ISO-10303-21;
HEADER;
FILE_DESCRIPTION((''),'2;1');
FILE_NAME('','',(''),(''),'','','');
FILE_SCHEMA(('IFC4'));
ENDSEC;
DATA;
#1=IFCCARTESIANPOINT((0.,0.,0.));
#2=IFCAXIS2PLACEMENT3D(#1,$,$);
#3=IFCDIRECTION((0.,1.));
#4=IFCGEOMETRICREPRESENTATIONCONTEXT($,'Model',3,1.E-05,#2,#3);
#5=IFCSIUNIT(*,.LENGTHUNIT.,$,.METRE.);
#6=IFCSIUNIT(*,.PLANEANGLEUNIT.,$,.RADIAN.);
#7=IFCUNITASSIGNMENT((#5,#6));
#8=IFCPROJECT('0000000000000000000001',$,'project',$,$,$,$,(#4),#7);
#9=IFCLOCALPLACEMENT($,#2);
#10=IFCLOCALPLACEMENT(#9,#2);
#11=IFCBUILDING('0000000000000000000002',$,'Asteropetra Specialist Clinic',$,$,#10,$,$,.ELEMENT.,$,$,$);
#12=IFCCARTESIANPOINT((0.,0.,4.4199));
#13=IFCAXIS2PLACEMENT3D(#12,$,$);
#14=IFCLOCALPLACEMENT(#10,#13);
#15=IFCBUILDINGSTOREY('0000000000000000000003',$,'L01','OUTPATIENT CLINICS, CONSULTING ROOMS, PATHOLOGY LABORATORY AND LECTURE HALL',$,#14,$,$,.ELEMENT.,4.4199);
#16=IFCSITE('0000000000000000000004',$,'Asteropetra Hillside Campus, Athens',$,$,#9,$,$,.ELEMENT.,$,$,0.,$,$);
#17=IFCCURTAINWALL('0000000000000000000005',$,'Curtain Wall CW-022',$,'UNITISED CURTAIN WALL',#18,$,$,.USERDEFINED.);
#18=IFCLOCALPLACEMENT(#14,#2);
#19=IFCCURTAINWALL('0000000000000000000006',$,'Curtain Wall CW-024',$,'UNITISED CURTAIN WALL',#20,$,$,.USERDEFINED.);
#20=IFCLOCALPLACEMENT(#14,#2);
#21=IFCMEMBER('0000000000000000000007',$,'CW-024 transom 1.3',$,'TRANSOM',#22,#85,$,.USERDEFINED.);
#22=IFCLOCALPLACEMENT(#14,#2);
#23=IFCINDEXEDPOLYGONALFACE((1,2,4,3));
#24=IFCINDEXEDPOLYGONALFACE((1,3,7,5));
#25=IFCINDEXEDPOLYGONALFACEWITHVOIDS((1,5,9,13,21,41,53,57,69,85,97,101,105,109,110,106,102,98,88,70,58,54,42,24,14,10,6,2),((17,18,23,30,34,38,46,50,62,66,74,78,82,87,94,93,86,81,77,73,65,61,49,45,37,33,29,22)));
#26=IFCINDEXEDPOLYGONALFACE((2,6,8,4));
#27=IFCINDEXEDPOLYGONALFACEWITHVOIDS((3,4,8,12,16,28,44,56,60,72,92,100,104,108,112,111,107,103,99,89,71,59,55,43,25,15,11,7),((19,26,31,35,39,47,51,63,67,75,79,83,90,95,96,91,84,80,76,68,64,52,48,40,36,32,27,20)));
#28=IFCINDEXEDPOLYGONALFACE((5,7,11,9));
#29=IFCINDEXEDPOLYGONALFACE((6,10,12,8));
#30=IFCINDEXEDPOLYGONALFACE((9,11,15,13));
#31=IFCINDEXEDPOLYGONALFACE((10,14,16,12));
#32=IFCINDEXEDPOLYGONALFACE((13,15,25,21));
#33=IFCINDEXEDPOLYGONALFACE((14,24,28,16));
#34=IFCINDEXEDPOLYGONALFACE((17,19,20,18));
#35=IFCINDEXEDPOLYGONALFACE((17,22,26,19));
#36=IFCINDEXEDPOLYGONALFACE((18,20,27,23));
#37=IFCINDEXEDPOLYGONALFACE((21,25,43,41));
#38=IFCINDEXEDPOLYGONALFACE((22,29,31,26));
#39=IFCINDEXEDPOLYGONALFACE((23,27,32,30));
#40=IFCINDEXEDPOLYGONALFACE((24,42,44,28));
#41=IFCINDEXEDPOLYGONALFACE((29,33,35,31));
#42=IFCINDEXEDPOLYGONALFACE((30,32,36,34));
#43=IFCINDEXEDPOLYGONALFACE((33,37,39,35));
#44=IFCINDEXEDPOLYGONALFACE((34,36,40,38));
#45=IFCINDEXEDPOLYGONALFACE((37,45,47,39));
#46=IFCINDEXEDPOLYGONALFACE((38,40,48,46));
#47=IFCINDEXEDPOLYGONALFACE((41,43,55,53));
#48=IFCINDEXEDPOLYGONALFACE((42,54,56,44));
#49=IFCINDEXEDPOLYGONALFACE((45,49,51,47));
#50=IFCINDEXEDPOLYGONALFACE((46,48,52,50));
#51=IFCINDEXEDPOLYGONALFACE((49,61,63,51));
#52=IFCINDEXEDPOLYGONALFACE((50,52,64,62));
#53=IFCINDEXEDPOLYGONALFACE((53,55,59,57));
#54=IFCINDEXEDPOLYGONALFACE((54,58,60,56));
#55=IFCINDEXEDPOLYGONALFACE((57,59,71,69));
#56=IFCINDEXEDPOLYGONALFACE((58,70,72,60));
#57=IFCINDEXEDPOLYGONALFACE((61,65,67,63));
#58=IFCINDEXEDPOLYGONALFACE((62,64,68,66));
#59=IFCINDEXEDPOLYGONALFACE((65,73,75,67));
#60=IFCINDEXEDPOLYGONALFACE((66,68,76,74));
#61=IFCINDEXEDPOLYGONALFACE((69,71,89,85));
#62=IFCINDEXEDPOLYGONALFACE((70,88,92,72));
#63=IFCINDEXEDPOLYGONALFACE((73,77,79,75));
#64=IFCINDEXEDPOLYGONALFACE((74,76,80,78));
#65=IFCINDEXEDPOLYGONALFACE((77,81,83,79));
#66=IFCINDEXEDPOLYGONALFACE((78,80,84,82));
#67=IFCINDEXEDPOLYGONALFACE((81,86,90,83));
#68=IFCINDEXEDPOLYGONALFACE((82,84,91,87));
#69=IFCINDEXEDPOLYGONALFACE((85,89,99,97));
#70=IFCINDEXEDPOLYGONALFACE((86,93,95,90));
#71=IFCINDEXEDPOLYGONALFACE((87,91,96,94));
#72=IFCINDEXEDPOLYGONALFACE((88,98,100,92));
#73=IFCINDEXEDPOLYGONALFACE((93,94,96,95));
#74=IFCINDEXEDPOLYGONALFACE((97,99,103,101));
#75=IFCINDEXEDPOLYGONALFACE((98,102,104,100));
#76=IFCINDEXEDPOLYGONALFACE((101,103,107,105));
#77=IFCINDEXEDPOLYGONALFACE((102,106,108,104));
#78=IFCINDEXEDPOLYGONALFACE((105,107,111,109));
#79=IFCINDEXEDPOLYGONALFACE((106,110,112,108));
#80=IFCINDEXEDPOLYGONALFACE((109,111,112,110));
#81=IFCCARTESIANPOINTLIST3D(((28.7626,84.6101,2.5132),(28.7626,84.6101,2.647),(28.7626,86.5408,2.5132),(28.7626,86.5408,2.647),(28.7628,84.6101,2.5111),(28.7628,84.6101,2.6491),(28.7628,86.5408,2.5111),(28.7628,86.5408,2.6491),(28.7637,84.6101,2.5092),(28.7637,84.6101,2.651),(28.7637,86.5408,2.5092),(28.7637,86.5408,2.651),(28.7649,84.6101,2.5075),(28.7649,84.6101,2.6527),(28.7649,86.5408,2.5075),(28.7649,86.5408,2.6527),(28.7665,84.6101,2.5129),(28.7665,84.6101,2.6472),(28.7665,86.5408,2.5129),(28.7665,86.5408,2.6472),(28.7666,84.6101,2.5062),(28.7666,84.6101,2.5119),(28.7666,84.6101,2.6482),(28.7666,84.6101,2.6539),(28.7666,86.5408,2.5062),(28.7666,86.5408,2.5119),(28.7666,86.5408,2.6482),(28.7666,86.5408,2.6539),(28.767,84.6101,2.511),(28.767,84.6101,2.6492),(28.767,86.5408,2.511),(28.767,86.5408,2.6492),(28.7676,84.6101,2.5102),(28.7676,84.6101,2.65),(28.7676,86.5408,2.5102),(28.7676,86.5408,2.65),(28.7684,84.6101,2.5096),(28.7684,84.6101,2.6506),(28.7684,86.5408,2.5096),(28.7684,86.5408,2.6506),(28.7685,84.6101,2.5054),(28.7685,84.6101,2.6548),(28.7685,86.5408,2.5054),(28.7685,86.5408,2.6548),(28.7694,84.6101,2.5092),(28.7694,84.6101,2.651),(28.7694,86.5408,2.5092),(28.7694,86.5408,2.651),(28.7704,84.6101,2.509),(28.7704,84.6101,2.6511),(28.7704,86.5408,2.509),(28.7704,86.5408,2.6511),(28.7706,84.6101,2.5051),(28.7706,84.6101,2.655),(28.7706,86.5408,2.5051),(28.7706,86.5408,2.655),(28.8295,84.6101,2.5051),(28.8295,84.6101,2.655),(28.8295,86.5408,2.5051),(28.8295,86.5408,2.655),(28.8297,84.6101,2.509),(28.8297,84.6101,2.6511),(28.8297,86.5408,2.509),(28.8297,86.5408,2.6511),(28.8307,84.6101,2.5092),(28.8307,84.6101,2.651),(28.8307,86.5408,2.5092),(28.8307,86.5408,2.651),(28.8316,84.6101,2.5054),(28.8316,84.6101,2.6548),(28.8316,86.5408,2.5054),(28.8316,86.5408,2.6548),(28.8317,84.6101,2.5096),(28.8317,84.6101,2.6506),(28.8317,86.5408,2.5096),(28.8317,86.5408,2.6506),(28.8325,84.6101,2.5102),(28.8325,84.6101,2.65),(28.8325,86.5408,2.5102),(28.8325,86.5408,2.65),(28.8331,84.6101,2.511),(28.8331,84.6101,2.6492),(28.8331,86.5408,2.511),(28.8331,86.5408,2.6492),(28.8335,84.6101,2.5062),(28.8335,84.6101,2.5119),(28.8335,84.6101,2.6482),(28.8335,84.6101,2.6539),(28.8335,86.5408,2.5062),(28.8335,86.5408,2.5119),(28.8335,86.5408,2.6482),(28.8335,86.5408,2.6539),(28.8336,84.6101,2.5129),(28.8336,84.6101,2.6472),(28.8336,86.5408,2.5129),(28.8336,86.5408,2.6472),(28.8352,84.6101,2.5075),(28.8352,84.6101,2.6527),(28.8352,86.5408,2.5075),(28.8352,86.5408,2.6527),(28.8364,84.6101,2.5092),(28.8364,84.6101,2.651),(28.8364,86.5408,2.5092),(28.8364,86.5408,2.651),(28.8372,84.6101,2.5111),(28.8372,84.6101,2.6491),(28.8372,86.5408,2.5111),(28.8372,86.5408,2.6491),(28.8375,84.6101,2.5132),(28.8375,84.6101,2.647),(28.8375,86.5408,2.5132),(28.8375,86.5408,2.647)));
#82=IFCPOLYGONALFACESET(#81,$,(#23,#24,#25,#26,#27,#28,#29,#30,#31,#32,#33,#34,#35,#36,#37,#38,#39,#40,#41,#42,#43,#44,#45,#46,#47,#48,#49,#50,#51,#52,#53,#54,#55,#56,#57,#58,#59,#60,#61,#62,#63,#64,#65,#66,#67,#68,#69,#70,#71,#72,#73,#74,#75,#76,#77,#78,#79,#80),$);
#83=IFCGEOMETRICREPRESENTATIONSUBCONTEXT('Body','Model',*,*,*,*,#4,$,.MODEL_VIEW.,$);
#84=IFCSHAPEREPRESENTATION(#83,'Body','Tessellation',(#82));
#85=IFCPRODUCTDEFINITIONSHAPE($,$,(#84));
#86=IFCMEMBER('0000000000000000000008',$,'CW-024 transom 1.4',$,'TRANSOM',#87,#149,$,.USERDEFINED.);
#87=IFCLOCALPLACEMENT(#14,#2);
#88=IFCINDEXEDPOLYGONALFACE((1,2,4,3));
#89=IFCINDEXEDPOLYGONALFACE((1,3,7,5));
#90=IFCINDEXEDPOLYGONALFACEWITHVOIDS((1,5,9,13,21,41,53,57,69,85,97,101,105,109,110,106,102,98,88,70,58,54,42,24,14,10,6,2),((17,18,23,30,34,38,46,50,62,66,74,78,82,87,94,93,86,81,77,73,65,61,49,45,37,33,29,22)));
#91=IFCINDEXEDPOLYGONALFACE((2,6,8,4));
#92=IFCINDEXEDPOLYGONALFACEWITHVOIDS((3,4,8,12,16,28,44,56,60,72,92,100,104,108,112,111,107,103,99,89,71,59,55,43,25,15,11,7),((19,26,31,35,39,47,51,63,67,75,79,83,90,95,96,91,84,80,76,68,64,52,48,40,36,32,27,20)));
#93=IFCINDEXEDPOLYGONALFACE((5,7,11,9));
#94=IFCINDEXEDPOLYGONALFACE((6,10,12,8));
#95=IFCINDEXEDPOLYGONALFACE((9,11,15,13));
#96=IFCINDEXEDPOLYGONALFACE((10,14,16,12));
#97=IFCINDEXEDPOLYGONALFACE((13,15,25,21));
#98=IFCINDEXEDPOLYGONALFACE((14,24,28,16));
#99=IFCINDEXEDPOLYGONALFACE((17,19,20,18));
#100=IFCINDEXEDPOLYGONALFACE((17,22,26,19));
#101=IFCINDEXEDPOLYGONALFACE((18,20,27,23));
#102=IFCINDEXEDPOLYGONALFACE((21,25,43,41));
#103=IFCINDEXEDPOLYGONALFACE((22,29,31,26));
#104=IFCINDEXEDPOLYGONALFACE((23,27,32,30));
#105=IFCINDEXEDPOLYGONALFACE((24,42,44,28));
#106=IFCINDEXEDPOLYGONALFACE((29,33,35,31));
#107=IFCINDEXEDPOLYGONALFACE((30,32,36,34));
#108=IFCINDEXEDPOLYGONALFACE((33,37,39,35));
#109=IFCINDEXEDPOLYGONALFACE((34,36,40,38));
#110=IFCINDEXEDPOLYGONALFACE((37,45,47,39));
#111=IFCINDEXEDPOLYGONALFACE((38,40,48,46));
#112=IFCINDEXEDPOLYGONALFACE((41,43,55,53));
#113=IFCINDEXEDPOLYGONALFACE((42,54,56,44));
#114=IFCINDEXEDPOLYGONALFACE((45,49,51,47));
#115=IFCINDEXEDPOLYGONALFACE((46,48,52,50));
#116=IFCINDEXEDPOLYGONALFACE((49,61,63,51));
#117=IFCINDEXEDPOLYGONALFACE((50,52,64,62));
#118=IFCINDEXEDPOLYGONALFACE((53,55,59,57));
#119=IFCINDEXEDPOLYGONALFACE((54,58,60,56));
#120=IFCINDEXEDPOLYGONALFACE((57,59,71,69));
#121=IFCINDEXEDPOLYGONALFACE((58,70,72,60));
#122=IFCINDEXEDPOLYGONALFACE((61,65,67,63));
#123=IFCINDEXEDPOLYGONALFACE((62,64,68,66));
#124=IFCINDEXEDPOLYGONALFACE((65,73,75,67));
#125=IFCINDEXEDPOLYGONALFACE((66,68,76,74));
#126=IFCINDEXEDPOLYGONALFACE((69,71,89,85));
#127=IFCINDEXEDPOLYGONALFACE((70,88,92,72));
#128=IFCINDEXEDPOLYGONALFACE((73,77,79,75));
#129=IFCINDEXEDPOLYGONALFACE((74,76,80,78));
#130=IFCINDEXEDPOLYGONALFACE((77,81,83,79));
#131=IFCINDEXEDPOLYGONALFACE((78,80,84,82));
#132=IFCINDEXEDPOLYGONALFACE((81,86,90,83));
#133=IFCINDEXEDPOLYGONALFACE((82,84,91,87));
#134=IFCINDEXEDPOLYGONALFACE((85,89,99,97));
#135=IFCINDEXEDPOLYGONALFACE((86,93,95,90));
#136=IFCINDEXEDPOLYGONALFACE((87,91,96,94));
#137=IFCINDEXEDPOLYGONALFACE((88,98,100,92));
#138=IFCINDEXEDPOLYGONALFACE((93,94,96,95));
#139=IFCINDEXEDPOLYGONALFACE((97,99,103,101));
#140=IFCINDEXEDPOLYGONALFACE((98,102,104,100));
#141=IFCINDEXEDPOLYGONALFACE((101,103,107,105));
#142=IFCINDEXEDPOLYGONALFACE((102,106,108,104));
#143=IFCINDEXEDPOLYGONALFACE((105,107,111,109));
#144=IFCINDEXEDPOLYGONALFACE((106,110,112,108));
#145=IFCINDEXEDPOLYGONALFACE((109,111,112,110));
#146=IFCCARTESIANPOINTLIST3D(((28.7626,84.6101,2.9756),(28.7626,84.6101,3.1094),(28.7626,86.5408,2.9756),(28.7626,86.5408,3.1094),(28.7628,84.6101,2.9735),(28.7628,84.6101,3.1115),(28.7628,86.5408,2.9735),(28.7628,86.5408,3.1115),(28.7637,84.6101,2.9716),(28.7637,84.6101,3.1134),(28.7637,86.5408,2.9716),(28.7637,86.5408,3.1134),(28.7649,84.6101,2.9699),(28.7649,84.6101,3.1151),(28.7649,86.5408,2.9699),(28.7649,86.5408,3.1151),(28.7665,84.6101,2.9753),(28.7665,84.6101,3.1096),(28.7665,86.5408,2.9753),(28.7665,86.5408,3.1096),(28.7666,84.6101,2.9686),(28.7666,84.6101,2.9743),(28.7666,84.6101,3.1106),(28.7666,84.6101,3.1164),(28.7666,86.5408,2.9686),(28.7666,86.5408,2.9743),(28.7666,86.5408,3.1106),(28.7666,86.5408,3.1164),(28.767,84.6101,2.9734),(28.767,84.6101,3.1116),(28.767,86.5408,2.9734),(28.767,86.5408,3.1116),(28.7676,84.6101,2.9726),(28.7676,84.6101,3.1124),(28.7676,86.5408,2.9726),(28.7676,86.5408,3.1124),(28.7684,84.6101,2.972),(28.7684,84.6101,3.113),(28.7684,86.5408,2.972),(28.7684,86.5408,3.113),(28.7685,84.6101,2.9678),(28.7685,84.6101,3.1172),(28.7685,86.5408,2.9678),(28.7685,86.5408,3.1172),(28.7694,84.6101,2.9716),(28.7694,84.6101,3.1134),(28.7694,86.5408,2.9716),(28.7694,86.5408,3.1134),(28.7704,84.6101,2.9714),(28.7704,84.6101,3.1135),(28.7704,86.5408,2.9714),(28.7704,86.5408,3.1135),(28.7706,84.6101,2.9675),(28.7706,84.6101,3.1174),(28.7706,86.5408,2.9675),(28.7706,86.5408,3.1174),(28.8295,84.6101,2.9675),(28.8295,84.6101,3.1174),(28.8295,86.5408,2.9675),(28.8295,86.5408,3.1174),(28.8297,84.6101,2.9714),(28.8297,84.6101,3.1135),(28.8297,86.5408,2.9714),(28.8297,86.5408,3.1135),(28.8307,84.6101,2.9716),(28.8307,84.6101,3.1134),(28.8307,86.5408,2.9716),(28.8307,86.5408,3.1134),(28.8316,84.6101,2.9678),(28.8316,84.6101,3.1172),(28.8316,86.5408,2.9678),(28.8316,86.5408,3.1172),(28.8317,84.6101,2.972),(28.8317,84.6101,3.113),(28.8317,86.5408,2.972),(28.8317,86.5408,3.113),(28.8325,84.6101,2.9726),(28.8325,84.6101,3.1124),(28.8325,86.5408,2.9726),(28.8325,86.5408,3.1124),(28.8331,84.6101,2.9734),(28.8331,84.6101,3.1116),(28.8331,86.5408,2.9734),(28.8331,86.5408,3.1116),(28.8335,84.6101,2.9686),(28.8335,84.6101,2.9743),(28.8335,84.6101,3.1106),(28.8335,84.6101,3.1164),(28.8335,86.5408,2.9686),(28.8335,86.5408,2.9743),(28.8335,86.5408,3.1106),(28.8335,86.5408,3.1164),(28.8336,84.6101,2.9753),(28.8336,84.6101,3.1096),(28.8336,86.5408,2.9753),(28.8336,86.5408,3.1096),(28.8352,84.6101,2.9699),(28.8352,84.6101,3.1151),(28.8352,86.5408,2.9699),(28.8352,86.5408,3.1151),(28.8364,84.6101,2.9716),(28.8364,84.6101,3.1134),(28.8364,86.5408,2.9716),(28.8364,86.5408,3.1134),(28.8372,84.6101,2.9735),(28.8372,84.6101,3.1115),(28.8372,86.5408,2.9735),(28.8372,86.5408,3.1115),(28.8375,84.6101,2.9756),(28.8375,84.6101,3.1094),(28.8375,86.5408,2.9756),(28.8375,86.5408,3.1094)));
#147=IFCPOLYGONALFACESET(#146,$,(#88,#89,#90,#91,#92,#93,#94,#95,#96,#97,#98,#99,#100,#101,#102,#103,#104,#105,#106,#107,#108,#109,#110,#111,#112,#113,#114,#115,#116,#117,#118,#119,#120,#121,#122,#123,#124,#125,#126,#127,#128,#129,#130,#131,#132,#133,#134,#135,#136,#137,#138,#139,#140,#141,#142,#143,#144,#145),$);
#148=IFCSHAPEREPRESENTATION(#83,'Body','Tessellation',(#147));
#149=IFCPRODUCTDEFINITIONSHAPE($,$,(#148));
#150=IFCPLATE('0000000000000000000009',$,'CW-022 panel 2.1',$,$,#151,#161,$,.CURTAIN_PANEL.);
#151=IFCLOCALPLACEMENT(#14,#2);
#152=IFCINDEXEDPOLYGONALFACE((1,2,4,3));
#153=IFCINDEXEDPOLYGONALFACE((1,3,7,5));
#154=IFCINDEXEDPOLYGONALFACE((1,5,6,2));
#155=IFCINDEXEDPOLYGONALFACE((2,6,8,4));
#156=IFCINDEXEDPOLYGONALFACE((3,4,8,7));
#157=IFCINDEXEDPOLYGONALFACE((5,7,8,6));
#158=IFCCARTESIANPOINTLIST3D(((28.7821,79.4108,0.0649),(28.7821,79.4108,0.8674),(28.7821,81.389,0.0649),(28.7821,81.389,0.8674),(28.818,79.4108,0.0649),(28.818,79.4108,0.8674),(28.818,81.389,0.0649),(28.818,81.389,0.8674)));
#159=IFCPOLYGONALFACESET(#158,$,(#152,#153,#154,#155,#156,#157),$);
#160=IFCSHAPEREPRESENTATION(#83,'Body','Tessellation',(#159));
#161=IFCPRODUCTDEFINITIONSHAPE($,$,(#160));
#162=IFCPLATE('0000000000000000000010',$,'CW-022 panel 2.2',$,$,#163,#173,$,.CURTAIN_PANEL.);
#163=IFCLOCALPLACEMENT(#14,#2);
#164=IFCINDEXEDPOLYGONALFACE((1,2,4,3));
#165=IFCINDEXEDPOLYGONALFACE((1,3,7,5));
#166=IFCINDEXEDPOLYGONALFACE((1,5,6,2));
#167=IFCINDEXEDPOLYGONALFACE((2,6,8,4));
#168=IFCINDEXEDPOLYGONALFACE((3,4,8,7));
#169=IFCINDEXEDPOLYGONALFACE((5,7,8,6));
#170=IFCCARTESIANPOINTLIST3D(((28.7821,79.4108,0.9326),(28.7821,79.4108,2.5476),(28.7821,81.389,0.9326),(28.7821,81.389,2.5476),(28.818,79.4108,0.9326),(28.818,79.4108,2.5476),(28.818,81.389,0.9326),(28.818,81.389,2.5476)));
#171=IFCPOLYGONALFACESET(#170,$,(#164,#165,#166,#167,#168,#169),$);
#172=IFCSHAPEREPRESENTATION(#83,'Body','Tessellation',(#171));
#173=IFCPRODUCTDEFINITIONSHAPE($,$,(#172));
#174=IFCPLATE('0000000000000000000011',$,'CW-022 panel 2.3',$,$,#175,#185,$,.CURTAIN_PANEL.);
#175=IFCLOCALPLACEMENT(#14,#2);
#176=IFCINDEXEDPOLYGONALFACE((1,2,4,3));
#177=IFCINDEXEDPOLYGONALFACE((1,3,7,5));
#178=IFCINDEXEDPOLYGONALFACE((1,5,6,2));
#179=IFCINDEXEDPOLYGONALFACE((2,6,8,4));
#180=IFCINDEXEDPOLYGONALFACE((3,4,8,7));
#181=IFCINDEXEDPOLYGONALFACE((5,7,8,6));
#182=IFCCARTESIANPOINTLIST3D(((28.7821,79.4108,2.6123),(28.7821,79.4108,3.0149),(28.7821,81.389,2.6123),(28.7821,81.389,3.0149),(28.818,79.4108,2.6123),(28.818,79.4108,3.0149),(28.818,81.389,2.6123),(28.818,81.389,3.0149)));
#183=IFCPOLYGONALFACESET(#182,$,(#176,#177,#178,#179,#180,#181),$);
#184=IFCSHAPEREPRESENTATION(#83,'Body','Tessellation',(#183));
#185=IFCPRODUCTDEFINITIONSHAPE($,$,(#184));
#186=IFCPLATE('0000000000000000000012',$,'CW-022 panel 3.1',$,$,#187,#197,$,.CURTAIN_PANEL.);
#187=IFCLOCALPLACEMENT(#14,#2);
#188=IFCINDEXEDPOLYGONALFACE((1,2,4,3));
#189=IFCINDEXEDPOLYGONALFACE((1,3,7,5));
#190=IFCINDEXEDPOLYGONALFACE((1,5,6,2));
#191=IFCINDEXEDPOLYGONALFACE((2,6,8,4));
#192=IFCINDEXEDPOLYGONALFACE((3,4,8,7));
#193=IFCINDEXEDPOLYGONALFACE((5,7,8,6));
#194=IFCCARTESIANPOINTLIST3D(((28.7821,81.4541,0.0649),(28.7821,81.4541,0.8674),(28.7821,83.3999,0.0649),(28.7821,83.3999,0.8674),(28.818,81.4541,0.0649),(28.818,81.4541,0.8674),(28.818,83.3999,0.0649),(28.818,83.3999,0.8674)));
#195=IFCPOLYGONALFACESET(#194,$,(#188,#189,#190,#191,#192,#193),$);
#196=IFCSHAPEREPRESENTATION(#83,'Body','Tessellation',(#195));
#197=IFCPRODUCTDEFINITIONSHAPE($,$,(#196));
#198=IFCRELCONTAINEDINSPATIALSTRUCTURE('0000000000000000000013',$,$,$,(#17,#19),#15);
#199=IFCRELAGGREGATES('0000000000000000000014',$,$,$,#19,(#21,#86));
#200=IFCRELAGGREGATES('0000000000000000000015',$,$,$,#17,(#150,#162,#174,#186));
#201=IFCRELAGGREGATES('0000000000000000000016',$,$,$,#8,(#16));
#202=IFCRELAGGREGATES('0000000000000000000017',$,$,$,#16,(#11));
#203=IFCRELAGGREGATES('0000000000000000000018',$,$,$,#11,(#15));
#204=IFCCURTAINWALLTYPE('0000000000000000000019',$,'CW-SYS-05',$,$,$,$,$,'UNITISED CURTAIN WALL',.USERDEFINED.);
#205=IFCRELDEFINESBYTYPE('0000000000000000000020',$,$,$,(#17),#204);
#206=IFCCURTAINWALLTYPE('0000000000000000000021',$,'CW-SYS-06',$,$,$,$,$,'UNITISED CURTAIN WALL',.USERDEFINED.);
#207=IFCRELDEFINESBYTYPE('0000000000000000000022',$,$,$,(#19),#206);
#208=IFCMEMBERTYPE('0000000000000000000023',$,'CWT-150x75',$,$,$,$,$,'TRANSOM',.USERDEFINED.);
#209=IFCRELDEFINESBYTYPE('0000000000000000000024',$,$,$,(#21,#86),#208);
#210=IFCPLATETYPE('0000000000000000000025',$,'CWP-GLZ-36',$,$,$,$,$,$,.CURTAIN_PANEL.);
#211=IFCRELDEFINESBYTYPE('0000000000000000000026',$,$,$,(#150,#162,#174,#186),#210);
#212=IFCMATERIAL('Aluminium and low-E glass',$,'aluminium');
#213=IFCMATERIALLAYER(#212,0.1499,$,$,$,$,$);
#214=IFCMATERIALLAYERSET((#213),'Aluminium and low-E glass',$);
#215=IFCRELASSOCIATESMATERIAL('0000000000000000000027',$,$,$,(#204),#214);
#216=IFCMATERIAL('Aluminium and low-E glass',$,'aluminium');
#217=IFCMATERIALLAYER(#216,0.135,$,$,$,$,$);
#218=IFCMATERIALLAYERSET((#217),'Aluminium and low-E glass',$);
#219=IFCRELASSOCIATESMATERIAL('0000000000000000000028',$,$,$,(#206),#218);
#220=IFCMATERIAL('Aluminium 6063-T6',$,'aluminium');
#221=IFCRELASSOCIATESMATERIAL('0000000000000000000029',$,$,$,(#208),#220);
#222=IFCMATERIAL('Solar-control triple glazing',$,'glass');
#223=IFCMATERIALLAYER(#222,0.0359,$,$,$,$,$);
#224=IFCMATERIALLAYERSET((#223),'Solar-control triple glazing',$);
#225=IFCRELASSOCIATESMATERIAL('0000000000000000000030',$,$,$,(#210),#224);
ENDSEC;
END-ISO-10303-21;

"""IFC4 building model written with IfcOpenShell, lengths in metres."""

from ifc_helpers import new_model, si_unit, direction, frame, origin, origin_2d, place, context, subcontext, project, spatial, rectangle, hollow_rectangle, extrude, material, layer, layer_set, material_profile, profile_set, type_object, element, aggregate, save


model = new_model("IFC4")

# Units and contexts
model_context = context("Model", 3, precision=1e-05, world=origin(), true_north=direction((0.0, 1.0)))
body_context = subcontext(model_context, "Body", "Model", "MODEL_VIEW")
ifc_project = project(units=[si_unit("LENGTHUNIT", "METRE"), si_unit("PLANEANGLEUNIT", "RADIAN")], contexts=[model_context])

# Site, building, storey
site_placement = place(None, origin())
site = spatial("IfcSite", under=ifc_project, at=site_placement, Name="Asteropetra Hillside Campus, Athens", CompositionType="ELEMENT", RefElevation=0.0)
building_placement = place(site_placement, origin())
building = spatial("IfcBuilding", under=site, at=building_placement, Name="Asteropetra Specialist Clinic", CompositionType="ELEMENT")
storey_placement = place(building_placement, frame((0.0, 0.0, 4.4199)))
storey = spatial("IfcBuildingStorey", under=building, at=storey_placement, Name="L01", Description="OUTPATIENT CLINICS, CONSULTING ROOMS, PATHOLOGY LABORATORY AND LECTURE HALL", CompositionType="ELEMENT", Elevation=4.4199)

# Curtain wall
ifc_material_1 = material(Name="Aluminium and low-E glass", Category="aluminium")
ifc_layer_1 = layer(ifc_material_1, 0.1499)
ifc_layer_set_1 = layer_set([ifc_layer_1], Name="Aluminium and low-E glass")
curtain_wall_type_1 = type_object("IfcCurtainWallType", Name="CW-SYS-05", ElementType="UNITISED CURTAIN WALL", PredefinedType="USERDEFINED", material=ifc_layer_set_1)
curtain_wall_1_placement = place(storey_placement, origin())
curtain_wall_1 = element("IfcCurtainWall", 1, at=curtain_wall_1_placement, inside=storey, type_object=curtain_wall_type_1, Name="Curtain Wall CW-022", ObjectType="UNITISED CURTAIN WALL", PredefinedType="USERDEFINED")

# Curtain wall
ifc_material_2 = material(Name="Aluminium and low-E glass", Category="aluminium")
ifc_layer_2 = layer(ifc_material_2, 0.135)
ifc_layer_set_2 = layer_set([ifc_layer_2], Name="Aluminium and low-E glass")
curtain_wall_type_2 = type_object("IfcCurtainWallType", Name="CW-SYS-06", ElementType="UNITISED CURTAIN WALL", PredefinedType="USERDEFINED", material=ifc_layer_set_2)
curtain_wall_2_placement = place(storey_placement, origin())
curtain_wall_2 = element("IfcCurtainWall", 2, at=curtain_wall_2_placement, inside=storey, type_object=curtain_wall_type_2, Name="Curtain Wall CW-024", ObjectType="UNITISED CURTAIN WALL", PredefinedType="USERDEFINED")

# Members
ifc_material_3 = material(Name="Aluminium 6063-T6", Category="aluminium")
ifc_material_profile_1 = material_profile(ifc_material_3, hollow_rectangle(XDim=0.075, YDim=0.1499, WallThickness=0.0039, InnerFilletRadius=0.0039, OuterFilletRadius=0.0081, at=origin_2d()), Name="TRN 150x75x4.0")
ifc_profile_set_1 = profile_set([ifc_material_profile_1], Name="Aluminium 6063-T6")
member_type_1 = type_object("IfcMemberType", Name="CWT-150x75", ElementType="TRANSOM", PredefinedType="USERDEFINED", material=ifc_profile_set_1)
member_1_placement = place(storey_placement, frame((28.8, 84.6101, 2.5801), z_axis=(0.0, 1.0, 0.0), x_axis=(-1.0, 0.0, 0.0)))
member_1 = element("IfcMember", 3, at=member_1_placement, type_object=member_type_1, Name="CW-024 transom 1.3", ObjectType="TRANSOM", PredefinedType="USERDEFINED", context=body_context, shape_type="SweptSolid", body=[
    extrude(hollow_rectangle(XDim=0.075, YDim=0.1499, WallThickness=0.0039, InnerFilletRadius=0.0039, OuterFilletRadius=0.0081, at=origin_2d()), origin(), (0.0, 0.0, 1.0), 1.9307),
])
member_2_placement = place(storey_placement, frame((28.8, 84.6101, 3.0425), z_axis=(0.0, 1.0, 0.0), x_axis=(-1.0, 0.0, 0.0)))
member_2 = element("IfcMember", 4, at=member_2_placement, type_object=member_type_1, Name="CW-024 transom 1.4", ObjectType="TRANSOM", PredefinedType="USERDEFINED", context=body_context, shape_type="SweptSolid", body=[
    extrude(hollow_rectangle(XDim=0.075, YDim=0.1499, WallThickness=0.0039, InnerFilletRadius=0.0039, OuterFilletRadius=0.0081, at=origin_2d()), origin(), (0.0, 0.0, 1.0), 1.9307),
])
aggregate(curtain_wall_2, [member_1, member_2])

# Plates
ifc_material_4 = material(Name="Solar-control triple glazing", Category="glass")
ifc_layer_3 = layer(ifc_material_4, 0.0359)
ifc_layer_set_3 = layer_set([ifc_layer_3], Name="Solar-control triple glazing")
plate_type = type_object("IfcPlateType", Name="CWP-GLZ-36", PredefinedType="CURTAIN_PANEL", material=ifc_layer_set_3)
plate_1_placement = place(storey_placement, frame((28.8, 80.3999, 0.0649), z_axis=(0.0, 0.0, 1.0), x_axis=(0.0, 1.0, 0.0)))
plate_1 = element("IfcPlate", 5, at=plate_1_placement, type_object=plate_type, Name="CW-022 panel 2.1", PredefinedType="CURTAIN_PANEL", context=body_context, shape_type="SweptSolid", body=[
    extrude(rectangle(XDim=1.9783, YDim=0.0359, at=origin_2d()), origin(), (0.0, 0.0, 1.0), 0.8025),
])
plate_2_placement = place(storey_placement, frame((28.8, 80.3999, 0.9326), z_axis=(0.0, 0.0, 1.0), x_axis=(0.0, 1.0, 0.0)))
plate_2 = element("IfcPlate", 6, at=plate_2_placement, type_object=plate_type, Name="CW-022 panel 2.2", PredefinedType="CURTAIN_PANEL", context=body_context, shape_type="SweptSolid", body=[
    extrude(rectangle(XDim=1.9783, YDim=0.0359, at=origin_2d()), origin(), (0.0, 0.0, 1.0), 1.615),
])
plate_3_placement = place(storey_placement, frame((28.8, 80.3999, 2.6123), z_axis=(0.0, 0.0, 1.0), x_axis=(0.0, 1.0, 0.0)))
plate_3 = element("IfcPlate", 7, at=plate_3_placement, type_object=plate_type, Name="CW-022 panel 2.3", PredefinedType="CURTAIN_PANEL", context=body_context, shape_type="SweptSolid", body=[
    extrude(rectangle(XDim=1.9783, YDim=0.0359, at=origin_2d()), origin(), (0.0, 0.0, 1.0), 0.4026),
])
plate_4_placement = place(storey_placement, frame((28.8, 82.427, 0.0649), z_axis=(0.0, 0.0, 1.0), x_axis=(0.0, 1.0, 0.0)))
plate_4 = element("IfcPlate", 8, at=plate_4_placement, type_object=plate_type, Name="CW-022 panel 3.1", PredefinedType="CURTAIN_PANEL", context=body_context, shape_type="SweptSolid", body=[
    extrude(rectangle(XDim=1.9458, YDim=0.0359, at=origin_2d()), origin(), (0.0, 0.0, 1.0), 0.8025),
])
aggregate(curtain_wall_1, [plate_1, plate_2, plate_3, plate_4])

save(model, "model.ifc")
